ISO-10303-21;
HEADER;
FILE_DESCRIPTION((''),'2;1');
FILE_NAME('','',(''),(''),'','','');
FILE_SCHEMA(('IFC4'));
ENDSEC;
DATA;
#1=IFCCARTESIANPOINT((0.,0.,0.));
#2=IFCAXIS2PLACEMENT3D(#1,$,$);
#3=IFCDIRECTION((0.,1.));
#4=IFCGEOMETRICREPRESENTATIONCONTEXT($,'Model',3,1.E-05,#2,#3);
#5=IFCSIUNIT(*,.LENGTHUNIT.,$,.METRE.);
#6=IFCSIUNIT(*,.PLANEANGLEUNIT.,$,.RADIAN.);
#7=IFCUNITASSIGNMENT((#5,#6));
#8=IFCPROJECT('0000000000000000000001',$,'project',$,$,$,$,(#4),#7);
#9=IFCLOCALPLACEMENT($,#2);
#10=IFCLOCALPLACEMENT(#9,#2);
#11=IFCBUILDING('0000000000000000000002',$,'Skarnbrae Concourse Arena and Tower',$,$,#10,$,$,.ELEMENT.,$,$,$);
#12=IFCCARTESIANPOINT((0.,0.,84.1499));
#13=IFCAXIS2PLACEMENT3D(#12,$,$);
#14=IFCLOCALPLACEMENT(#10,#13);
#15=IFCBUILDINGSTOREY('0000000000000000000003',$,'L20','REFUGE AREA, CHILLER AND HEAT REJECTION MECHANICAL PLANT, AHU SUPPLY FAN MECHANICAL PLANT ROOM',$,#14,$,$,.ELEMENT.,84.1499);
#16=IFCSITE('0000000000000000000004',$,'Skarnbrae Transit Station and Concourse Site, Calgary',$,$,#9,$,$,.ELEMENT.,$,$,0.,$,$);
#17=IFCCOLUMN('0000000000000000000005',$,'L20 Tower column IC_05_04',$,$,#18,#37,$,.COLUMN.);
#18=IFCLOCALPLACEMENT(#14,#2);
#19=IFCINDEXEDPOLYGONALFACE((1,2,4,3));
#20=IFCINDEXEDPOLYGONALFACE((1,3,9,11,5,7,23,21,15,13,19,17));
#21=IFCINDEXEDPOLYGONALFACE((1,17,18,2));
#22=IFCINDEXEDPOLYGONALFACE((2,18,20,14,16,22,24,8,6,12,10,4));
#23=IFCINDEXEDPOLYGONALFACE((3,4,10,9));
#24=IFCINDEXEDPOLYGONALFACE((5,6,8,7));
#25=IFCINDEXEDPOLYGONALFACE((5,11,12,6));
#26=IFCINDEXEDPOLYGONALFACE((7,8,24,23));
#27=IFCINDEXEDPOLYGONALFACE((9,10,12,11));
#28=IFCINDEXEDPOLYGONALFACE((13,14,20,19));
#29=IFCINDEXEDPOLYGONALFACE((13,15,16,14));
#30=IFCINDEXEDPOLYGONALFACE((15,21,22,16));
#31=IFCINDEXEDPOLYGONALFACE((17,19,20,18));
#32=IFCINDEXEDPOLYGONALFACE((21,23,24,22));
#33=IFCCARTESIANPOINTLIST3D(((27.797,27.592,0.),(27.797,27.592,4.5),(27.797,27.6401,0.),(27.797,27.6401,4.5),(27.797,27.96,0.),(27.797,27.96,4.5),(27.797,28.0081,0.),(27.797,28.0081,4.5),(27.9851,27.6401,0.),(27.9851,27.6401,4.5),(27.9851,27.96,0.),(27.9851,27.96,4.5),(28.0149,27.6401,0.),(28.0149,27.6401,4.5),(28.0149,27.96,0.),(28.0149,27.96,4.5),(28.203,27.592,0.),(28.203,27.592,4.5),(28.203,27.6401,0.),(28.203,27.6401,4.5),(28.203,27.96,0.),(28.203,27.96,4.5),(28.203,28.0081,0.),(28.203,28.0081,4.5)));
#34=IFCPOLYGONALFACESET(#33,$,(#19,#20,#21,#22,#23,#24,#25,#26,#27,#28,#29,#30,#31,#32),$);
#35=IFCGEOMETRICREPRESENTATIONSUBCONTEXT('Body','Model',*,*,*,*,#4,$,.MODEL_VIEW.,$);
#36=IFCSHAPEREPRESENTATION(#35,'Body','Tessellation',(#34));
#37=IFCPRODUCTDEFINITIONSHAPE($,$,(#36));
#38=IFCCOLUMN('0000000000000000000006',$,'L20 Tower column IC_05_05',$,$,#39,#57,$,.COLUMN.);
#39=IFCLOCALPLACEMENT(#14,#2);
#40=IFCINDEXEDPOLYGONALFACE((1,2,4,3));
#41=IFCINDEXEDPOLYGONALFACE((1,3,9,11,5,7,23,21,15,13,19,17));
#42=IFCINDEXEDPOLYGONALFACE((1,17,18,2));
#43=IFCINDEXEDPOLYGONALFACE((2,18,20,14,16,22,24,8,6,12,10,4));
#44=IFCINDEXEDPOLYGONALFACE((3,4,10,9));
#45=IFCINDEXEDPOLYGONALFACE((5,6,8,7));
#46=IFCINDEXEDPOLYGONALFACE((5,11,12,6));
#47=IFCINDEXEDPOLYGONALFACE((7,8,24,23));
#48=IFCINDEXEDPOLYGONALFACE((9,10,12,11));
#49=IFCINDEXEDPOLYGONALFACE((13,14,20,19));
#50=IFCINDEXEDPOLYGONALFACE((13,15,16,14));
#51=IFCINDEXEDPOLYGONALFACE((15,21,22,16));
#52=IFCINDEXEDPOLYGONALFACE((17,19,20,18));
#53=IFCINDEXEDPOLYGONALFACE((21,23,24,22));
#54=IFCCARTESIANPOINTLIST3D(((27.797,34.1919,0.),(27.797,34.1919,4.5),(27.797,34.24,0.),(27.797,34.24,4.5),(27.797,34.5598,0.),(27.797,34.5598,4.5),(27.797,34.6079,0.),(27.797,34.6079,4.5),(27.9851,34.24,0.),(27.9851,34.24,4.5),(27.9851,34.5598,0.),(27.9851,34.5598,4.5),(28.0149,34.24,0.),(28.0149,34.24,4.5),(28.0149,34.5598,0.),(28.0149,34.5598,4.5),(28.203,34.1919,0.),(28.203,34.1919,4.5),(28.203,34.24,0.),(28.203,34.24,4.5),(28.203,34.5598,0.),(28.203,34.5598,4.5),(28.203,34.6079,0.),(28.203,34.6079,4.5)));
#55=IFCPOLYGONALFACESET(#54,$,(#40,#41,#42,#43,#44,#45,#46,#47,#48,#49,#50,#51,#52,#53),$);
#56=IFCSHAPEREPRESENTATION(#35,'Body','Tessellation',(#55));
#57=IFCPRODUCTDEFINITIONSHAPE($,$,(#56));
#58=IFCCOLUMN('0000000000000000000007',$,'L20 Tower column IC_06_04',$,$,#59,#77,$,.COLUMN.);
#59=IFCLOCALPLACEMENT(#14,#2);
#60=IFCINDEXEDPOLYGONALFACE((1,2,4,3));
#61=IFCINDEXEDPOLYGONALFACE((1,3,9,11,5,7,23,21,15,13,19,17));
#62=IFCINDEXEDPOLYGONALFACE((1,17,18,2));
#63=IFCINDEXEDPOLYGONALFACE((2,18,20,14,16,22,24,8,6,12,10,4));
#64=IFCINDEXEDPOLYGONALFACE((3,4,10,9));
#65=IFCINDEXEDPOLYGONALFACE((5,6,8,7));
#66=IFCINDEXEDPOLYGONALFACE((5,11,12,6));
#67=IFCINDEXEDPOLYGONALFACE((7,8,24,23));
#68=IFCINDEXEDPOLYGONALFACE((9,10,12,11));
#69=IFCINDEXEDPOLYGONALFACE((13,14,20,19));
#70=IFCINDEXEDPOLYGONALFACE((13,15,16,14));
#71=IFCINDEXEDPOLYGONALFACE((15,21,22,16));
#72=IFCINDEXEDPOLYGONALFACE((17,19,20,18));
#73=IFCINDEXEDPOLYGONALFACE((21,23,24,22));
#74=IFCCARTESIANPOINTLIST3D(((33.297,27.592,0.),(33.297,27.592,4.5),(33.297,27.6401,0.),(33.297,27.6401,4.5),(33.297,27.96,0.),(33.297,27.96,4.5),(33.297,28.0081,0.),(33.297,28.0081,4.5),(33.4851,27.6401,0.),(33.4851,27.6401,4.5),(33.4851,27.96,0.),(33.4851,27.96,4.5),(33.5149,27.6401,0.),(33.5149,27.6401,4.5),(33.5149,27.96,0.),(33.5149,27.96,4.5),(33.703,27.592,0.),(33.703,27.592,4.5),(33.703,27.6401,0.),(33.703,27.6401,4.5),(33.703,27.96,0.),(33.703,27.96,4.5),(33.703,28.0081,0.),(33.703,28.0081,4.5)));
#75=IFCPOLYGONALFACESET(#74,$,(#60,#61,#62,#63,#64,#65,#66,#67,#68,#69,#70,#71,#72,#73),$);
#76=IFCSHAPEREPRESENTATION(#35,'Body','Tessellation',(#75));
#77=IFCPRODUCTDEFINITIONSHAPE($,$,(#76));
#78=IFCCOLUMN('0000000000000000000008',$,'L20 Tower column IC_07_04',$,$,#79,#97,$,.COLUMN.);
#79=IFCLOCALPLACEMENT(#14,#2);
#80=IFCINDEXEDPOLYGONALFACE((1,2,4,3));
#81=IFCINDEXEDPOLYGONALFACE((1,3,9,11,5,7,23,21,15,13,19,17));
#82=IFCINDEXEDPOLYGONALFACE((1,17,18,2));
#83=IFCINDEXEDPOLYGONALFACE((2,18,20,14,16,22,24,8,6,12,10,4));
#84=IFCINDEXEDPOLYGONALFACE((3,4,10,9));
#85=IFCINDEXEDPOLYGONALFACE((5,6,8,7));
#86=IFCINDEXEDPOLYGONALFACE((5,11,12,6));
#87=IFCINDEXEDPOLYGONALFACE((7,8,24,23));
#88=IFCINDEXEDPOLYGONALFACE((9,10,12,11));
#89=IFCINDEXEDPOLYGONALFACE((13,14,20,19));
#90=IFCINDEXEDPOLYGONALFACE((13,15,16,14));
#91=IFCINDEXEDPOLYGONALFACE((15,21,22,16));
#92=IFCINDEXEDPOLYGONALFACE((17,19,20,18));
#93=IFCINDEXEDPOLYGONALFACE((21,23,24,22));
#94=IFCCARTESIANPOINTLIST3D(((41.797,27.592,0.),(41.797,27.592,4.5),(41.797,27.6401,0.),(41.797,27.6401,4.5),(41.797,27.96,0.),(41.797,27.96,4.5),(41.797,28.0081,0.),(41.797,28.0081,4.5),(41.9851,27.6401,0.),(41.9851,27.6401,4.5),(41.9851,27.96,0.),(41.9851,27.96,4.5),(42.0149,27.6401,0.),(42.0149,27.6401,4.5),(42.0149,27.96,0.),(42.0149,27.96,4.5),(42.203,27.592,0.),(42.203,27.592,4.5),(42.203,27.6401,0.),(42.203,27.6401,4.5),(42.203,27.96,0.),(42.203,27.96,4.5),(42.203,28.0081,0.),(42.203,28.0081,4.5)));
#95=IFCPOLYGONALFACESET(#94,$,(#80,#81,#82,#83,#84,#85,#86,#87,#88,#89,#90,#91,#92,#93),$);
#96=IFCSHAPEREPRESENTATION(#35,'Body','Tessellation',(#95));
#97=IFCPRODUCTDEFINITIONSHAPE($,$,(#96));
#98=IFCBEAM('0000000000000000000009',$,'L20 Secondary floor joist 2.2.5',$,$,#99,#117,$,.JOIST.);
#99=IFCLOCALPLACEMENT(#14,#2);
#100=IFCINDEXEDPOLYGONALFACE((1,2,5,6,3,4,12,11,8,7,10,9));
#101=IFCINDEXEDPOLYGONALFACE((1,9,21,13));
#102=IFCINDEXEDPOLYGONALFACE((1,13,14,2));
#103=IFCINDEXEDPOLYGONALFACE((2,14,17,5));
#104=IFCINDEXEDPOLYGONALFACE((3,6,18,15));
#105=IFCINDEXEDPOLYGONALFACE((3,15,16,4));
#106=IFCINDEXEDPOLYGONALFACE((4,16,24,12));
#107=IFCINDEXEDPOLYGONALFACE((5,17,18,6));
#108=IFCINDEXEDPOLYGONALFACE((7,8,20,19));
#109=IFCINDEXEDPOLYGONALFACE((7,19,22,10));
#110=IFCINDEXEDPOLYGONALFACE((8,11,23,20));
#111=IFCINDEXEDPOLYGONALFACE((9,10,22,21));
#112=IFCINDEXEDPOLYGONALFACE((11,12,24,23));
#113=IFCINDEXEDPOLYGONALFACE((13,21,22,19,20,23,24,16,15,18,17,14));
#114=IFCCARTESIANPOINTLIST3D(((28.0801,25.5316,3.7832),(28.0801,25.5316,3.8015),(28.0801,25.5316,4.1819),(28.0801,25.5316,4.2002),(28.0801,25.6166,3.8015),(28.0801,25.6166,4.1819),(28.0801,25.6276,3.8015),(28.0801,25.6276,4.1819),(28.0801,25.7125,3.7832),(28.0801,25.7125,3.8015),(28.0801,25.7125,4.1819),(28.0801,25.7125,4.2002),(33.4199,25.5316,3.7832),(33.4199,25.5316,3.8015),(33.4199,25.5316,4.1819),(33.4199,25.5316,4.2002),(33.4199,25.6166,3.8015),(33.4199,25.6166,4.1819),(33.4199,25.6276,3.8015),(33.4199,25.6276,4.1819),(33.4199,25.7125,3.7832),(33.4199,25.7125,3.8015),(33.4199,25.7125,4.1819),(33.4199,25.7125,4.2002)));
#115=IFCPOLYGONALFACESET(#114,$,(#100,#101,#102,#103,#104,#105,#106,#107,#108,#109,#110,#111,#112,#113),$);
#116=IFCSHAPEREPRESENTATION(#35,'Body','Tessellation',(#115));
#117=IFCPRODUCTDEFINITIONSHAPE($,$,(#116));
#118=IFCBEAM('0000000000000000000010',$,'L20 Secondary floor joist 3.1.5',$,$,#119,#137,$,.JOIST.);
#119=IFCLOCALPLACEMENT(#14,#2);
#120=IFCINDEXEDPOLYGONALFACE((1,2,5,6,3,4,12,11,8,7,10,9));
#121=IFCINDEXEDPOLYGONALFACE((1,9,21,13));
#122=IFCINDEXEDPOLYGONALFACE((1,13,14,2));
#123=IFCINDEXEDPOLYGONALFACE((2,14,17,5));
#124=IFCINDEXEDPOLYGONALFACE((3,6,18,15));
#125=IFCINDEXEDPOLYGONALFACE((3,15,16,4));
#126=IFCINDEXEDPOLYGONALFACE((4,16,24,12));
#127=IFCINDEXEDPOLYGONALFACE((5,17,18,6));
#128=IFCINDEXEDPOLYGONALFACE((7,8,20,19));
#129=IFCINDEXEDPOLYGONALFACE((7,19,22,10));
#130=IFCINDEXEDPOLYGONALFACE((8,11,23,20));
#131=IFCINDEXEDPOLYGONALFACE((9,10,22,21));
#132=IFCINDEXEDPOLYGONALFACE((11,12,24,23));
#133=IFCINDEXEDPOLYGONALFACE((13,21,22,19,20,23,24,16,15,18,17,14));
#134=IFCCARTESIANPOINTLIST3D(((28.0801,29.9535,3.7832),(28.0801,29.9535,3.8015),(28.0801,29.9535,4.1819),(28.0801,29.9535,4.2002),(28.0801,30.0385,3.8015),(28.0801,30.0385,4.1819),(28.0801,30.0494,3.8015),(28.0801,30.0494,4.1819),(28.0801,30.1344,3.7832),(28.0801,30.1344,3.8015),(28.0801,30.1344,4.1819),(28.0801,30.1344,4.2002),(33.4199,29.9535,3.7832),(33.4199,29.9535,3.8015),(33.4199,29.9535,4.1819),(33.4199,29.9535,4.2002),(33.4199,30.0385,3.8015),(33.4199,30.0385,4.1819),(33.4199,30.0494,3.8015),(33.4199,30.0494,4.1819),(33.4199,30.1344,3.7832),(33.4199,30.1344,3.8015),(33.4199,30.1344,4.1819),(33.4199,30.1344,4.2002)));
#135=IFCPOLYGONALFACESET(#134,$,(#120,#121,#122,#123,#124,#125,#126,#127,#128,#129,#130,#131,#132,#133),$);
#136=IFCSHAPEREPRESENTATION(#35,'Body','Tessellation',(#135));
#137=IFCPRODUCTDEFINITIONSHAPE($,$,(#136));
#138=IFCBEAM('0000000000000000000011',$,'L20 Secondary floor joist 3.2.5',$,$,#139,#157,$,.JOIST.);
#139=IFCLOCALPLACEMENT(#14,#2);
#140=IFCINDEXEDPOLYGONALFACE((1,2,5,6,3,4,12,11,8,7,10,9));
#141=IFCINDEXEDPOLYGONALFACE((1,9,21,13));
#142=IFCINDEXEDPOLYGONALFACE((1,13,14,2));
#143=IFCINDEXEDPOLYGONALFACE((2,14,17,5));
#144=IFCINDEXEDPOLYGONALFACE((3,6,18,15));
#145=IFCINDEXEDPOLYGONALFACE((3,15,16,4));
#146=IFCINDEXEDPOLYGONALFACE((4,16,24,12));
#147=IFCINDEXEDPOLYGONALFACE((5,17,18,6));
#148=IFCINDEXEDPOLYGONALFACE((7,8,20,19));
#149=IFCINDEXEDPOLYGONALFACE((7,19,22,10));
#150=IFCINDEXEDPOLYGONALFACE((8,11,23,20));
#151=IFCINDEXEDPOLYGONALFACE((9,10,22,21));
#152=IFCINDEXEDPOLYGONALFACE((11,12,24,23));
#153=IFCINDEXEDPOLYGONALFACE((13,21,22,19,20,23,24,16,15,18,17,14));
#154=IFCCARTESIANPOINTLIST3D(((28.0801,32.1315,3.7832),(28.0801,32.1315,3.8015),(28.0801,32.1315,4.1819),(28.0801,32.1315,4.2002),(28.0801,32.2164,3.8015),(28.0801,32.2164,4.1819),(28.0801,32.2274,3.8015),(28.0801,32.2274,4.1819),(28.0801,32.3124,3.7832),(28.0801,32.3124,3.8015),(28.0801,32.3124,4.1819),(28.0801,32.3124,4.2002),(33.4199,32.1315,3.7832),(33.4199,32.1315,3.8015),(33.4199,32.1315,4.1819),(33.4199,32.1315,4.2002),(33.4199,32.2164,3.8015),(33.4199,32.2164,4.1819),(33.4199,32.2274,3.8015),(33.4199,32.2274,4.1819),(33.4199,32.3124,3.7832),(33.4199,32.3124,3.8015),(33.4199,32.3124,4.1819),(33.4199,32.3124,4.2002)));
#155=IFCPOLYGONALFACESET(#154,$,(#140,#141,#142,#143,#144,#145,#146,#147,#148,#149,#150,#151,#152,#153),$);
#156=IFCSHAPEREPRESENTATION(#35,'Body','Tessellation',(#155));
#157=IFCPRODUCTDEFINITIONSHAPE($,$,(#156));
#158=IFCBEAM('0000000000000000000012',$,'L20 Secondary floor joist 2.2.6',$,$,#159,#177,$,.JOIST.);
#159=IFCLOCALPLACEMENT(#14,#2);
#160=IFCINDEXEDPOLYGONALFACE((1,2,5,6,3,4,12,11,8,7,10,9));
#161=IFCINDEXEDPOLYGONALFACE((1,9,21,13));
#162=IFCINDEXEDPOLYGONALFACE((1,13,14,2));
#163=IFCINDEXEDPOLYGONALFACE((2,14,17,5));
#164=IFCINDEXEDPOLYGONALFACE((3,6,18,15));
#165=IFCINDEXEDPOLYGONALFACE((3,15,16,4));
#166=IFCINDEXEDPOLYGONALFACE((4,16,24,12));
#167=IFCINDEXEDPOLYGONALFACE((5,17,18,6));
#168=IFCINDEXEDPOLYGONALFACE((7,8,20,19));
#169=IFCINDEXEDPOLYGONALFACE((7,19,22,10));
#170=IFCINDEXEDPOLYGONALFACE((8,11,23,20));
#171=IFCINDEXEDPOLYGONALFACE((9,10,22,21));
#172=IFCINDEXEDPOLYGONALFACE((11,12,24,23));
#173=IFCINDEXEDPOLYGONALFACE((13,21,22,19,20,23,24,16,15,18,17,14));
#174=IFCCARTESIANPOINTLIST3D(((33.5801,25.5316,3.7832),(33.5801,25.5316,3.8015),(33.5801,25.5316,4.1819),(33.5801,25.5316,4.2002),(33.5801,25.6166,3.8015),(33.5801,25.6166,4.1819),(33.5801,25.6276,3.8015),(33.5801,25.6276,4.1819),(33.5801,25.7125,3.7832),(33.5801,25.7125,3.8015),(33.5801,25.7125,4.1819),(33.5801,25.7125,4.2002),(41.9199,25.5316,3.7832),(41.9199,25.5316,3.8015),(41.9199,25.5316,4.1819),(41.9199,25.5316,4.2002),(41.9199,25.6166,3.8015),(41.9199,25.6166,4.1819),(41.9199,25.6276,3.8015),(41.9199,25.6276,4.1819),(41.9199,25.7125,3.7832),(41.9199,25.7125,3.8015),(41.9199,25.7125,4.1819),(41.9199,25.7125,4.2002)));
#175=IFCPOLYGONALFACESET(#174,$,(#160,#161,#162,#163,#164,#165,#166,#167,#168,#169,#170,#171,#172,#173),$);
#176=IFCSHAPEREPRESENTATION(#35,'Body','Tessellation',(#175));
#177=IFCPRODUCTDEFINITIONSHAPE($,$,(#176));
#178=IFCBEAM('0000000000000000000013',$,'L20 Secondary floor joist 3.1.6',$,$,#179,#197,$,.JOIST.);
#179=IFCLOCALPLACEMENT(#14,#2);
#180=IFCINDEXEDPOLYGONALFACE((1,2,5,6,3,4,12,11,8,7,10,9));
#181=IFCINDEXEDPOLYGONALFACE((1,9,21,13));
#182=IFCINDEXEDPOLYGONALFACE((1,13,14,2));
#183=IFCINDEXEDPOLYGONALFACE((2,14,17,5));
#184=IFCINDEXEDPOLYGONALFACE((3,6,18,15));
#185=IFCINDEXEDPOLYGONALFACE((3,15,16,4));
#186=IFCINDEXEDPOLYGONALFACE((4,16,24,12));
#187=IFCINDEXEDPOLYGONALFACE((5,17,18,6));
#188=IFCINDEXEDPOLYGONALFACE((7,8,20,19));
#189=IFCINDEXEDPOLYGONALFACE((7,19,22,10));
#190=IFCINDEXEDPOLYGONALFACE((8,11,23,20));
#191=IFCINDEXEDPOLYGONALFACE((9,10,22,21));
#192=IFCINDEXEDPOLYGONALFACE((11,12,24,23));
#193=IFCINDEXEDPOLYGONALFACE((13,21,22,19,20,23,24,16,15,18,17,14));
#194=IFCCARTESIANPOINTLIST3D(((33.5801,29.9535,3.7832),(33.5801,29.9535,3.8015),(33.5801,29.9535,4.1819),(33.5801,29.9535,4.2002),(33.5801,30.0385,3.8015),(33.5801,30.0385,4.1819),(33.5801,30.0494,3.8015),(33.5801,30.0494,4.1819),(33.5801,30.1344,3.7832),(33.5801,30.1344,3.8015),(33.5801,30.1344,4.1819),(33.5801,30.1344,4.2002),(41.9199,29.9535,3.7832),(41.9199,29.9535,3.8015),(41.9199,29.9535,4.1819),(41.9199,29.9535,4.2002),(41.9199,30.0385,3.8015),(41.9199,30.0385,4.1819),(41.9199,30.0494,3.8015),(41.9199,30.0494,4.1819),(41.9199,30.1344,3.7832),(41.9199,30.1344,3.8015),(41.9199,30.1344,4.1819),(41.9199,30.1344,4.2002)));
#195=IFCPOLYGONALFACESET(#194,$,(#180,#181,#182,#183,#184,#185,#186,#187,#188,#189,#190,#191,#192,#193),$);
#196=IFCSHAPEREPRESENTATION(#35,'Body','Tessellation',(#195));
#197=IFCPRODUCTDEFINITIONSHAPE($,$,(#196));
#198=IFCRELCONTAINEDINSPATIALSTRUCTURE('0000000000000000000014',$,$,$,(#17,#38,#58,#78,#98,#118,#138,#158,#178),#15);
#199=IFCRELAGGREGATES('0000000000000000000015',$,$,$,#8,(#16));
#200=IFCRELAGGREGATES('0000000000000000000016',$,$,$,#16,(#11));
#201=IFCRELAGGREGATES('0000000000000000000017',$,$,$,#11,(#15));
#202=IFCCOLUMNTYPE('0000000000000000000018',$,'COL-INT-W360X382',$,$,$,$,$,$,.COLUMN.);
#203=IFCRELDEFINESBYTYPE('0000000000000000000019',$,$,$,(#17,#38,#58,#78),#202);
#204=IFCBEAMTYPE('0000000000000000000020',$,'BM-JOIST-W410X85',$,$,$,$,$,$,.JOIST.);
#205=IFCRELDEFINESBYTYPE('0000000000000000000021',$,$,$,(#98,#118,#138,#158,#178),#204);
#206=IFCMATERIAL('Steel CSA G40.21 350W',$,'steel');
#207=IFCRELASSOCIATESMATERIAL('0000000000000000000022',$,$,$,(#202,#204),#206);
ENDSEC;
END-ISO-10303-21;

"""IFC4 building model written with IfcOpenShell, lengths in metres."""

from ifc_helpers import new_model, si_unit, direction, frame, origin, origin_2d, place, context, subcontext, project, spatial, i_section, extrude, source, transform, mapped, material, material_profile, profile_set, type_object, element, save


model = new_model("IFC4")

# Units and contexts
model_context = context("Model", 3, precision=1e-05, world=origin(), true_north=direction((0.0, 1.0)))
body_context = subcontext(model_context, "Body", "Model", "MODEL_VIEW")
ifc_project = project(units=[si_unit("LENGTHUNIT", "METRE"), si_unit("PLANEANGLEUNIT", "RADIAN")], contexts=[model_context])

# Site, building, storey
site_placement = place(None, origin())
site = spatial("IfcSite", under=ifc_project, at=site_placement, Name="Skarnbrae Transit Station and Concourse Site, Calgary", CompositionType="ELEMENT", RefElevation=0.0)
building_placement = place(site_placement, origin())
building = spatial("IfcBuilding", under=site, at=building_placement, Name="Skarnbrae Concourse Arena and Tower", CompositionType="ELEMENT")
storey_placement = place(building_placement, frame((0.0, 0.0, 84.1499)))
storey = spatial("IfcBuildingStorey", under=building, at=storey_placement, Name="L20", Description="REFUGE AREA, CHILLER AND HEAT REJECTION MECHANICAL PLANT, AHU SUPPLY FAN MECHANICAL PLANT ROOM", CompositionType="ELEMENT", Elevation=84.1499)

# Columns
ifc_material = material(Name="Steel CSA G40.21 350W", Category="steel")
ifc_material_profile_1 = material_profile(ifc_material, i_section(OverallWidth=0.406, OverallDepth=0.416, WebThickness=0.0298, FlangeThickness=0.0481, at=origin_2d()), Name="W360X382")
ifc_profile_set_1 = profile_set([ifc_material_profile_1], Name="Steel CSA G40.21 350W")
column_type = type_object("IfcColumnType", Name="COL-INT-W360X382", PredefinedType="COLUMN", material=ifc_profile_set_1)
shared_shape_1 = source(origin(), body_context, "Body", "SweptSolid", [
    extrude(i_section(OverallWidth=0.406, OverallDepth=0.416, WebThickness=0.0298, FlangeThickness=0.0481, at=origin_2d()), origin(), (0.0, 0.0, 1.0), 4.5),
])
for number, where, z_axis, x_axis, name in (
    (1, (28.0, 27.8, 0.0), (0.0, 0.0, 1.0), (1.0, 0.0, 0.0), "L20 Tower column IC_05_04"),
    (2, (28.0, 34.3999, 0.0), (0.0, 0.0, 1.0), (1.0, 0.0, 0.0), "L20 Tower column IC_05_05"),
    (3, (33.5, 27.8, 0.0), (0.0, 0.0, 1.0), (1.0, 0.0, 0.0), "L20 Tower column IC_06_04"),
    (4, (42.0, 27.8, 0.0), (0.0, 0.0, 1.0), (1.0, 0.0, 0.0), "L20 Tower column IC_07_04"),
):
    element("IfcColumn", number, at=place(storey_placement, frame(where, z_axis=z_axis, x_axis=x_axis)), inside=storey, type_object=column_type, Name=name, PredefinedType="COLUMN", context=body_context, shape_type="MappedRepresentation", body=[
        mapped(shared_shape_1, transform((0.0, 0.0, 0.0))),
    ])

# Beams
ifc_material_profile_2 = material_profile(ifc_material, i_section(OverallWidth=0.1809, OverallDepth=0.417, WebThickness=0.011, FlangeThickness=0.0183, at=origin_2d()), Name="W410X85")
ifc_profile_set_2 = profile_set([ifc_material_profile_2], Name="Steel CSA G40.21 350W")
beam_type_1 = type_object("IfcBeamType", Name="BM-JOIST-W410X85", PredefinedType="JOIST", material=ifc_profile_set_2)
shared_shape_2 = source(origin(), body_context, "Body", "SweptSolid", [
    extrude(i_section(OverallWidth=0.1809, OverallDepth=0.417, WebThickness=0.011, FlangeThickness=0.0183, at=origin_2d()), origin(), (0.0, 0.0, 1.0), 5.3398),
])
for number, where, z_axis, x_axis, name in (
    (5, (28.0801, 25.6221, 3.9917), (1.0, 0.0, 0.0), (0.0, 1.0, 0.0), "L20 Secondary floor joist 2.2.5"),
    (6, (28.0801, 30.0439, 3.9917), (1.0, 0.0, 0.0), (0.0, 1.0, 0.0), "L20 Secondary floor joist 3.1.5"),
    (7, (28.0801, 32.2219, 3.9917), (1.0, 0.0, 0.0), (0.0, 1.0, 0.0), "L20 Secondary floor joist 3.2.5"),
):
    element("IfcBeam", number, at=place(storey_placement, frame(where, z_axis=z_axis, x_axis=x_axis)), inside=storey, type_object=beam_type_1, Name=name, PredefinedType="JOIST", context=body_context, shape_type="MappedRepresentation", body=[
        mapped(shared_shape_2, transform((0.0, 0.0, 0.0))),
    ])
shared_shape_3 = source(origin(), body_context, "Body", "SweptSolid", [
    extrude(i_section(OverallWidth=0.1809, OverallDepth=0.417, WebThickness=0.011, FlangeThickness=0.0183, at=origin_2d()), origin(), (0.0, 0.0, 1.0), 8.3398),
])
for number, where, z_axis, x_axis, name in (
    (8, (33.5801, 25.6221, 3.9917), (1.0, 0.0, 0.0), (0.0, 1.0, 0.0), "L20 Secondary floor joist 2.2.6"),
    (9, (33.5801, 30.0439, 3.9917), (1.0, 0.0, 0.0), (0.0, 1.0, 0.0), "L20 Secondary floor joist 3.1.6"),
):
    element("IfcBeam", number, at=place(storey_placement, frame(where, z_axis=z_axis, x_axis=x_axis)), inside=storey, type_object=beam_type_1, Name=name, PredefinedType="JOIST", context=body_context, shape_type="MappedRepresentation", body=[
        mapped(shared_shape_3, transform((0.0, 0.0, 0.0))),
    ])

save(model, "model.ifc")
